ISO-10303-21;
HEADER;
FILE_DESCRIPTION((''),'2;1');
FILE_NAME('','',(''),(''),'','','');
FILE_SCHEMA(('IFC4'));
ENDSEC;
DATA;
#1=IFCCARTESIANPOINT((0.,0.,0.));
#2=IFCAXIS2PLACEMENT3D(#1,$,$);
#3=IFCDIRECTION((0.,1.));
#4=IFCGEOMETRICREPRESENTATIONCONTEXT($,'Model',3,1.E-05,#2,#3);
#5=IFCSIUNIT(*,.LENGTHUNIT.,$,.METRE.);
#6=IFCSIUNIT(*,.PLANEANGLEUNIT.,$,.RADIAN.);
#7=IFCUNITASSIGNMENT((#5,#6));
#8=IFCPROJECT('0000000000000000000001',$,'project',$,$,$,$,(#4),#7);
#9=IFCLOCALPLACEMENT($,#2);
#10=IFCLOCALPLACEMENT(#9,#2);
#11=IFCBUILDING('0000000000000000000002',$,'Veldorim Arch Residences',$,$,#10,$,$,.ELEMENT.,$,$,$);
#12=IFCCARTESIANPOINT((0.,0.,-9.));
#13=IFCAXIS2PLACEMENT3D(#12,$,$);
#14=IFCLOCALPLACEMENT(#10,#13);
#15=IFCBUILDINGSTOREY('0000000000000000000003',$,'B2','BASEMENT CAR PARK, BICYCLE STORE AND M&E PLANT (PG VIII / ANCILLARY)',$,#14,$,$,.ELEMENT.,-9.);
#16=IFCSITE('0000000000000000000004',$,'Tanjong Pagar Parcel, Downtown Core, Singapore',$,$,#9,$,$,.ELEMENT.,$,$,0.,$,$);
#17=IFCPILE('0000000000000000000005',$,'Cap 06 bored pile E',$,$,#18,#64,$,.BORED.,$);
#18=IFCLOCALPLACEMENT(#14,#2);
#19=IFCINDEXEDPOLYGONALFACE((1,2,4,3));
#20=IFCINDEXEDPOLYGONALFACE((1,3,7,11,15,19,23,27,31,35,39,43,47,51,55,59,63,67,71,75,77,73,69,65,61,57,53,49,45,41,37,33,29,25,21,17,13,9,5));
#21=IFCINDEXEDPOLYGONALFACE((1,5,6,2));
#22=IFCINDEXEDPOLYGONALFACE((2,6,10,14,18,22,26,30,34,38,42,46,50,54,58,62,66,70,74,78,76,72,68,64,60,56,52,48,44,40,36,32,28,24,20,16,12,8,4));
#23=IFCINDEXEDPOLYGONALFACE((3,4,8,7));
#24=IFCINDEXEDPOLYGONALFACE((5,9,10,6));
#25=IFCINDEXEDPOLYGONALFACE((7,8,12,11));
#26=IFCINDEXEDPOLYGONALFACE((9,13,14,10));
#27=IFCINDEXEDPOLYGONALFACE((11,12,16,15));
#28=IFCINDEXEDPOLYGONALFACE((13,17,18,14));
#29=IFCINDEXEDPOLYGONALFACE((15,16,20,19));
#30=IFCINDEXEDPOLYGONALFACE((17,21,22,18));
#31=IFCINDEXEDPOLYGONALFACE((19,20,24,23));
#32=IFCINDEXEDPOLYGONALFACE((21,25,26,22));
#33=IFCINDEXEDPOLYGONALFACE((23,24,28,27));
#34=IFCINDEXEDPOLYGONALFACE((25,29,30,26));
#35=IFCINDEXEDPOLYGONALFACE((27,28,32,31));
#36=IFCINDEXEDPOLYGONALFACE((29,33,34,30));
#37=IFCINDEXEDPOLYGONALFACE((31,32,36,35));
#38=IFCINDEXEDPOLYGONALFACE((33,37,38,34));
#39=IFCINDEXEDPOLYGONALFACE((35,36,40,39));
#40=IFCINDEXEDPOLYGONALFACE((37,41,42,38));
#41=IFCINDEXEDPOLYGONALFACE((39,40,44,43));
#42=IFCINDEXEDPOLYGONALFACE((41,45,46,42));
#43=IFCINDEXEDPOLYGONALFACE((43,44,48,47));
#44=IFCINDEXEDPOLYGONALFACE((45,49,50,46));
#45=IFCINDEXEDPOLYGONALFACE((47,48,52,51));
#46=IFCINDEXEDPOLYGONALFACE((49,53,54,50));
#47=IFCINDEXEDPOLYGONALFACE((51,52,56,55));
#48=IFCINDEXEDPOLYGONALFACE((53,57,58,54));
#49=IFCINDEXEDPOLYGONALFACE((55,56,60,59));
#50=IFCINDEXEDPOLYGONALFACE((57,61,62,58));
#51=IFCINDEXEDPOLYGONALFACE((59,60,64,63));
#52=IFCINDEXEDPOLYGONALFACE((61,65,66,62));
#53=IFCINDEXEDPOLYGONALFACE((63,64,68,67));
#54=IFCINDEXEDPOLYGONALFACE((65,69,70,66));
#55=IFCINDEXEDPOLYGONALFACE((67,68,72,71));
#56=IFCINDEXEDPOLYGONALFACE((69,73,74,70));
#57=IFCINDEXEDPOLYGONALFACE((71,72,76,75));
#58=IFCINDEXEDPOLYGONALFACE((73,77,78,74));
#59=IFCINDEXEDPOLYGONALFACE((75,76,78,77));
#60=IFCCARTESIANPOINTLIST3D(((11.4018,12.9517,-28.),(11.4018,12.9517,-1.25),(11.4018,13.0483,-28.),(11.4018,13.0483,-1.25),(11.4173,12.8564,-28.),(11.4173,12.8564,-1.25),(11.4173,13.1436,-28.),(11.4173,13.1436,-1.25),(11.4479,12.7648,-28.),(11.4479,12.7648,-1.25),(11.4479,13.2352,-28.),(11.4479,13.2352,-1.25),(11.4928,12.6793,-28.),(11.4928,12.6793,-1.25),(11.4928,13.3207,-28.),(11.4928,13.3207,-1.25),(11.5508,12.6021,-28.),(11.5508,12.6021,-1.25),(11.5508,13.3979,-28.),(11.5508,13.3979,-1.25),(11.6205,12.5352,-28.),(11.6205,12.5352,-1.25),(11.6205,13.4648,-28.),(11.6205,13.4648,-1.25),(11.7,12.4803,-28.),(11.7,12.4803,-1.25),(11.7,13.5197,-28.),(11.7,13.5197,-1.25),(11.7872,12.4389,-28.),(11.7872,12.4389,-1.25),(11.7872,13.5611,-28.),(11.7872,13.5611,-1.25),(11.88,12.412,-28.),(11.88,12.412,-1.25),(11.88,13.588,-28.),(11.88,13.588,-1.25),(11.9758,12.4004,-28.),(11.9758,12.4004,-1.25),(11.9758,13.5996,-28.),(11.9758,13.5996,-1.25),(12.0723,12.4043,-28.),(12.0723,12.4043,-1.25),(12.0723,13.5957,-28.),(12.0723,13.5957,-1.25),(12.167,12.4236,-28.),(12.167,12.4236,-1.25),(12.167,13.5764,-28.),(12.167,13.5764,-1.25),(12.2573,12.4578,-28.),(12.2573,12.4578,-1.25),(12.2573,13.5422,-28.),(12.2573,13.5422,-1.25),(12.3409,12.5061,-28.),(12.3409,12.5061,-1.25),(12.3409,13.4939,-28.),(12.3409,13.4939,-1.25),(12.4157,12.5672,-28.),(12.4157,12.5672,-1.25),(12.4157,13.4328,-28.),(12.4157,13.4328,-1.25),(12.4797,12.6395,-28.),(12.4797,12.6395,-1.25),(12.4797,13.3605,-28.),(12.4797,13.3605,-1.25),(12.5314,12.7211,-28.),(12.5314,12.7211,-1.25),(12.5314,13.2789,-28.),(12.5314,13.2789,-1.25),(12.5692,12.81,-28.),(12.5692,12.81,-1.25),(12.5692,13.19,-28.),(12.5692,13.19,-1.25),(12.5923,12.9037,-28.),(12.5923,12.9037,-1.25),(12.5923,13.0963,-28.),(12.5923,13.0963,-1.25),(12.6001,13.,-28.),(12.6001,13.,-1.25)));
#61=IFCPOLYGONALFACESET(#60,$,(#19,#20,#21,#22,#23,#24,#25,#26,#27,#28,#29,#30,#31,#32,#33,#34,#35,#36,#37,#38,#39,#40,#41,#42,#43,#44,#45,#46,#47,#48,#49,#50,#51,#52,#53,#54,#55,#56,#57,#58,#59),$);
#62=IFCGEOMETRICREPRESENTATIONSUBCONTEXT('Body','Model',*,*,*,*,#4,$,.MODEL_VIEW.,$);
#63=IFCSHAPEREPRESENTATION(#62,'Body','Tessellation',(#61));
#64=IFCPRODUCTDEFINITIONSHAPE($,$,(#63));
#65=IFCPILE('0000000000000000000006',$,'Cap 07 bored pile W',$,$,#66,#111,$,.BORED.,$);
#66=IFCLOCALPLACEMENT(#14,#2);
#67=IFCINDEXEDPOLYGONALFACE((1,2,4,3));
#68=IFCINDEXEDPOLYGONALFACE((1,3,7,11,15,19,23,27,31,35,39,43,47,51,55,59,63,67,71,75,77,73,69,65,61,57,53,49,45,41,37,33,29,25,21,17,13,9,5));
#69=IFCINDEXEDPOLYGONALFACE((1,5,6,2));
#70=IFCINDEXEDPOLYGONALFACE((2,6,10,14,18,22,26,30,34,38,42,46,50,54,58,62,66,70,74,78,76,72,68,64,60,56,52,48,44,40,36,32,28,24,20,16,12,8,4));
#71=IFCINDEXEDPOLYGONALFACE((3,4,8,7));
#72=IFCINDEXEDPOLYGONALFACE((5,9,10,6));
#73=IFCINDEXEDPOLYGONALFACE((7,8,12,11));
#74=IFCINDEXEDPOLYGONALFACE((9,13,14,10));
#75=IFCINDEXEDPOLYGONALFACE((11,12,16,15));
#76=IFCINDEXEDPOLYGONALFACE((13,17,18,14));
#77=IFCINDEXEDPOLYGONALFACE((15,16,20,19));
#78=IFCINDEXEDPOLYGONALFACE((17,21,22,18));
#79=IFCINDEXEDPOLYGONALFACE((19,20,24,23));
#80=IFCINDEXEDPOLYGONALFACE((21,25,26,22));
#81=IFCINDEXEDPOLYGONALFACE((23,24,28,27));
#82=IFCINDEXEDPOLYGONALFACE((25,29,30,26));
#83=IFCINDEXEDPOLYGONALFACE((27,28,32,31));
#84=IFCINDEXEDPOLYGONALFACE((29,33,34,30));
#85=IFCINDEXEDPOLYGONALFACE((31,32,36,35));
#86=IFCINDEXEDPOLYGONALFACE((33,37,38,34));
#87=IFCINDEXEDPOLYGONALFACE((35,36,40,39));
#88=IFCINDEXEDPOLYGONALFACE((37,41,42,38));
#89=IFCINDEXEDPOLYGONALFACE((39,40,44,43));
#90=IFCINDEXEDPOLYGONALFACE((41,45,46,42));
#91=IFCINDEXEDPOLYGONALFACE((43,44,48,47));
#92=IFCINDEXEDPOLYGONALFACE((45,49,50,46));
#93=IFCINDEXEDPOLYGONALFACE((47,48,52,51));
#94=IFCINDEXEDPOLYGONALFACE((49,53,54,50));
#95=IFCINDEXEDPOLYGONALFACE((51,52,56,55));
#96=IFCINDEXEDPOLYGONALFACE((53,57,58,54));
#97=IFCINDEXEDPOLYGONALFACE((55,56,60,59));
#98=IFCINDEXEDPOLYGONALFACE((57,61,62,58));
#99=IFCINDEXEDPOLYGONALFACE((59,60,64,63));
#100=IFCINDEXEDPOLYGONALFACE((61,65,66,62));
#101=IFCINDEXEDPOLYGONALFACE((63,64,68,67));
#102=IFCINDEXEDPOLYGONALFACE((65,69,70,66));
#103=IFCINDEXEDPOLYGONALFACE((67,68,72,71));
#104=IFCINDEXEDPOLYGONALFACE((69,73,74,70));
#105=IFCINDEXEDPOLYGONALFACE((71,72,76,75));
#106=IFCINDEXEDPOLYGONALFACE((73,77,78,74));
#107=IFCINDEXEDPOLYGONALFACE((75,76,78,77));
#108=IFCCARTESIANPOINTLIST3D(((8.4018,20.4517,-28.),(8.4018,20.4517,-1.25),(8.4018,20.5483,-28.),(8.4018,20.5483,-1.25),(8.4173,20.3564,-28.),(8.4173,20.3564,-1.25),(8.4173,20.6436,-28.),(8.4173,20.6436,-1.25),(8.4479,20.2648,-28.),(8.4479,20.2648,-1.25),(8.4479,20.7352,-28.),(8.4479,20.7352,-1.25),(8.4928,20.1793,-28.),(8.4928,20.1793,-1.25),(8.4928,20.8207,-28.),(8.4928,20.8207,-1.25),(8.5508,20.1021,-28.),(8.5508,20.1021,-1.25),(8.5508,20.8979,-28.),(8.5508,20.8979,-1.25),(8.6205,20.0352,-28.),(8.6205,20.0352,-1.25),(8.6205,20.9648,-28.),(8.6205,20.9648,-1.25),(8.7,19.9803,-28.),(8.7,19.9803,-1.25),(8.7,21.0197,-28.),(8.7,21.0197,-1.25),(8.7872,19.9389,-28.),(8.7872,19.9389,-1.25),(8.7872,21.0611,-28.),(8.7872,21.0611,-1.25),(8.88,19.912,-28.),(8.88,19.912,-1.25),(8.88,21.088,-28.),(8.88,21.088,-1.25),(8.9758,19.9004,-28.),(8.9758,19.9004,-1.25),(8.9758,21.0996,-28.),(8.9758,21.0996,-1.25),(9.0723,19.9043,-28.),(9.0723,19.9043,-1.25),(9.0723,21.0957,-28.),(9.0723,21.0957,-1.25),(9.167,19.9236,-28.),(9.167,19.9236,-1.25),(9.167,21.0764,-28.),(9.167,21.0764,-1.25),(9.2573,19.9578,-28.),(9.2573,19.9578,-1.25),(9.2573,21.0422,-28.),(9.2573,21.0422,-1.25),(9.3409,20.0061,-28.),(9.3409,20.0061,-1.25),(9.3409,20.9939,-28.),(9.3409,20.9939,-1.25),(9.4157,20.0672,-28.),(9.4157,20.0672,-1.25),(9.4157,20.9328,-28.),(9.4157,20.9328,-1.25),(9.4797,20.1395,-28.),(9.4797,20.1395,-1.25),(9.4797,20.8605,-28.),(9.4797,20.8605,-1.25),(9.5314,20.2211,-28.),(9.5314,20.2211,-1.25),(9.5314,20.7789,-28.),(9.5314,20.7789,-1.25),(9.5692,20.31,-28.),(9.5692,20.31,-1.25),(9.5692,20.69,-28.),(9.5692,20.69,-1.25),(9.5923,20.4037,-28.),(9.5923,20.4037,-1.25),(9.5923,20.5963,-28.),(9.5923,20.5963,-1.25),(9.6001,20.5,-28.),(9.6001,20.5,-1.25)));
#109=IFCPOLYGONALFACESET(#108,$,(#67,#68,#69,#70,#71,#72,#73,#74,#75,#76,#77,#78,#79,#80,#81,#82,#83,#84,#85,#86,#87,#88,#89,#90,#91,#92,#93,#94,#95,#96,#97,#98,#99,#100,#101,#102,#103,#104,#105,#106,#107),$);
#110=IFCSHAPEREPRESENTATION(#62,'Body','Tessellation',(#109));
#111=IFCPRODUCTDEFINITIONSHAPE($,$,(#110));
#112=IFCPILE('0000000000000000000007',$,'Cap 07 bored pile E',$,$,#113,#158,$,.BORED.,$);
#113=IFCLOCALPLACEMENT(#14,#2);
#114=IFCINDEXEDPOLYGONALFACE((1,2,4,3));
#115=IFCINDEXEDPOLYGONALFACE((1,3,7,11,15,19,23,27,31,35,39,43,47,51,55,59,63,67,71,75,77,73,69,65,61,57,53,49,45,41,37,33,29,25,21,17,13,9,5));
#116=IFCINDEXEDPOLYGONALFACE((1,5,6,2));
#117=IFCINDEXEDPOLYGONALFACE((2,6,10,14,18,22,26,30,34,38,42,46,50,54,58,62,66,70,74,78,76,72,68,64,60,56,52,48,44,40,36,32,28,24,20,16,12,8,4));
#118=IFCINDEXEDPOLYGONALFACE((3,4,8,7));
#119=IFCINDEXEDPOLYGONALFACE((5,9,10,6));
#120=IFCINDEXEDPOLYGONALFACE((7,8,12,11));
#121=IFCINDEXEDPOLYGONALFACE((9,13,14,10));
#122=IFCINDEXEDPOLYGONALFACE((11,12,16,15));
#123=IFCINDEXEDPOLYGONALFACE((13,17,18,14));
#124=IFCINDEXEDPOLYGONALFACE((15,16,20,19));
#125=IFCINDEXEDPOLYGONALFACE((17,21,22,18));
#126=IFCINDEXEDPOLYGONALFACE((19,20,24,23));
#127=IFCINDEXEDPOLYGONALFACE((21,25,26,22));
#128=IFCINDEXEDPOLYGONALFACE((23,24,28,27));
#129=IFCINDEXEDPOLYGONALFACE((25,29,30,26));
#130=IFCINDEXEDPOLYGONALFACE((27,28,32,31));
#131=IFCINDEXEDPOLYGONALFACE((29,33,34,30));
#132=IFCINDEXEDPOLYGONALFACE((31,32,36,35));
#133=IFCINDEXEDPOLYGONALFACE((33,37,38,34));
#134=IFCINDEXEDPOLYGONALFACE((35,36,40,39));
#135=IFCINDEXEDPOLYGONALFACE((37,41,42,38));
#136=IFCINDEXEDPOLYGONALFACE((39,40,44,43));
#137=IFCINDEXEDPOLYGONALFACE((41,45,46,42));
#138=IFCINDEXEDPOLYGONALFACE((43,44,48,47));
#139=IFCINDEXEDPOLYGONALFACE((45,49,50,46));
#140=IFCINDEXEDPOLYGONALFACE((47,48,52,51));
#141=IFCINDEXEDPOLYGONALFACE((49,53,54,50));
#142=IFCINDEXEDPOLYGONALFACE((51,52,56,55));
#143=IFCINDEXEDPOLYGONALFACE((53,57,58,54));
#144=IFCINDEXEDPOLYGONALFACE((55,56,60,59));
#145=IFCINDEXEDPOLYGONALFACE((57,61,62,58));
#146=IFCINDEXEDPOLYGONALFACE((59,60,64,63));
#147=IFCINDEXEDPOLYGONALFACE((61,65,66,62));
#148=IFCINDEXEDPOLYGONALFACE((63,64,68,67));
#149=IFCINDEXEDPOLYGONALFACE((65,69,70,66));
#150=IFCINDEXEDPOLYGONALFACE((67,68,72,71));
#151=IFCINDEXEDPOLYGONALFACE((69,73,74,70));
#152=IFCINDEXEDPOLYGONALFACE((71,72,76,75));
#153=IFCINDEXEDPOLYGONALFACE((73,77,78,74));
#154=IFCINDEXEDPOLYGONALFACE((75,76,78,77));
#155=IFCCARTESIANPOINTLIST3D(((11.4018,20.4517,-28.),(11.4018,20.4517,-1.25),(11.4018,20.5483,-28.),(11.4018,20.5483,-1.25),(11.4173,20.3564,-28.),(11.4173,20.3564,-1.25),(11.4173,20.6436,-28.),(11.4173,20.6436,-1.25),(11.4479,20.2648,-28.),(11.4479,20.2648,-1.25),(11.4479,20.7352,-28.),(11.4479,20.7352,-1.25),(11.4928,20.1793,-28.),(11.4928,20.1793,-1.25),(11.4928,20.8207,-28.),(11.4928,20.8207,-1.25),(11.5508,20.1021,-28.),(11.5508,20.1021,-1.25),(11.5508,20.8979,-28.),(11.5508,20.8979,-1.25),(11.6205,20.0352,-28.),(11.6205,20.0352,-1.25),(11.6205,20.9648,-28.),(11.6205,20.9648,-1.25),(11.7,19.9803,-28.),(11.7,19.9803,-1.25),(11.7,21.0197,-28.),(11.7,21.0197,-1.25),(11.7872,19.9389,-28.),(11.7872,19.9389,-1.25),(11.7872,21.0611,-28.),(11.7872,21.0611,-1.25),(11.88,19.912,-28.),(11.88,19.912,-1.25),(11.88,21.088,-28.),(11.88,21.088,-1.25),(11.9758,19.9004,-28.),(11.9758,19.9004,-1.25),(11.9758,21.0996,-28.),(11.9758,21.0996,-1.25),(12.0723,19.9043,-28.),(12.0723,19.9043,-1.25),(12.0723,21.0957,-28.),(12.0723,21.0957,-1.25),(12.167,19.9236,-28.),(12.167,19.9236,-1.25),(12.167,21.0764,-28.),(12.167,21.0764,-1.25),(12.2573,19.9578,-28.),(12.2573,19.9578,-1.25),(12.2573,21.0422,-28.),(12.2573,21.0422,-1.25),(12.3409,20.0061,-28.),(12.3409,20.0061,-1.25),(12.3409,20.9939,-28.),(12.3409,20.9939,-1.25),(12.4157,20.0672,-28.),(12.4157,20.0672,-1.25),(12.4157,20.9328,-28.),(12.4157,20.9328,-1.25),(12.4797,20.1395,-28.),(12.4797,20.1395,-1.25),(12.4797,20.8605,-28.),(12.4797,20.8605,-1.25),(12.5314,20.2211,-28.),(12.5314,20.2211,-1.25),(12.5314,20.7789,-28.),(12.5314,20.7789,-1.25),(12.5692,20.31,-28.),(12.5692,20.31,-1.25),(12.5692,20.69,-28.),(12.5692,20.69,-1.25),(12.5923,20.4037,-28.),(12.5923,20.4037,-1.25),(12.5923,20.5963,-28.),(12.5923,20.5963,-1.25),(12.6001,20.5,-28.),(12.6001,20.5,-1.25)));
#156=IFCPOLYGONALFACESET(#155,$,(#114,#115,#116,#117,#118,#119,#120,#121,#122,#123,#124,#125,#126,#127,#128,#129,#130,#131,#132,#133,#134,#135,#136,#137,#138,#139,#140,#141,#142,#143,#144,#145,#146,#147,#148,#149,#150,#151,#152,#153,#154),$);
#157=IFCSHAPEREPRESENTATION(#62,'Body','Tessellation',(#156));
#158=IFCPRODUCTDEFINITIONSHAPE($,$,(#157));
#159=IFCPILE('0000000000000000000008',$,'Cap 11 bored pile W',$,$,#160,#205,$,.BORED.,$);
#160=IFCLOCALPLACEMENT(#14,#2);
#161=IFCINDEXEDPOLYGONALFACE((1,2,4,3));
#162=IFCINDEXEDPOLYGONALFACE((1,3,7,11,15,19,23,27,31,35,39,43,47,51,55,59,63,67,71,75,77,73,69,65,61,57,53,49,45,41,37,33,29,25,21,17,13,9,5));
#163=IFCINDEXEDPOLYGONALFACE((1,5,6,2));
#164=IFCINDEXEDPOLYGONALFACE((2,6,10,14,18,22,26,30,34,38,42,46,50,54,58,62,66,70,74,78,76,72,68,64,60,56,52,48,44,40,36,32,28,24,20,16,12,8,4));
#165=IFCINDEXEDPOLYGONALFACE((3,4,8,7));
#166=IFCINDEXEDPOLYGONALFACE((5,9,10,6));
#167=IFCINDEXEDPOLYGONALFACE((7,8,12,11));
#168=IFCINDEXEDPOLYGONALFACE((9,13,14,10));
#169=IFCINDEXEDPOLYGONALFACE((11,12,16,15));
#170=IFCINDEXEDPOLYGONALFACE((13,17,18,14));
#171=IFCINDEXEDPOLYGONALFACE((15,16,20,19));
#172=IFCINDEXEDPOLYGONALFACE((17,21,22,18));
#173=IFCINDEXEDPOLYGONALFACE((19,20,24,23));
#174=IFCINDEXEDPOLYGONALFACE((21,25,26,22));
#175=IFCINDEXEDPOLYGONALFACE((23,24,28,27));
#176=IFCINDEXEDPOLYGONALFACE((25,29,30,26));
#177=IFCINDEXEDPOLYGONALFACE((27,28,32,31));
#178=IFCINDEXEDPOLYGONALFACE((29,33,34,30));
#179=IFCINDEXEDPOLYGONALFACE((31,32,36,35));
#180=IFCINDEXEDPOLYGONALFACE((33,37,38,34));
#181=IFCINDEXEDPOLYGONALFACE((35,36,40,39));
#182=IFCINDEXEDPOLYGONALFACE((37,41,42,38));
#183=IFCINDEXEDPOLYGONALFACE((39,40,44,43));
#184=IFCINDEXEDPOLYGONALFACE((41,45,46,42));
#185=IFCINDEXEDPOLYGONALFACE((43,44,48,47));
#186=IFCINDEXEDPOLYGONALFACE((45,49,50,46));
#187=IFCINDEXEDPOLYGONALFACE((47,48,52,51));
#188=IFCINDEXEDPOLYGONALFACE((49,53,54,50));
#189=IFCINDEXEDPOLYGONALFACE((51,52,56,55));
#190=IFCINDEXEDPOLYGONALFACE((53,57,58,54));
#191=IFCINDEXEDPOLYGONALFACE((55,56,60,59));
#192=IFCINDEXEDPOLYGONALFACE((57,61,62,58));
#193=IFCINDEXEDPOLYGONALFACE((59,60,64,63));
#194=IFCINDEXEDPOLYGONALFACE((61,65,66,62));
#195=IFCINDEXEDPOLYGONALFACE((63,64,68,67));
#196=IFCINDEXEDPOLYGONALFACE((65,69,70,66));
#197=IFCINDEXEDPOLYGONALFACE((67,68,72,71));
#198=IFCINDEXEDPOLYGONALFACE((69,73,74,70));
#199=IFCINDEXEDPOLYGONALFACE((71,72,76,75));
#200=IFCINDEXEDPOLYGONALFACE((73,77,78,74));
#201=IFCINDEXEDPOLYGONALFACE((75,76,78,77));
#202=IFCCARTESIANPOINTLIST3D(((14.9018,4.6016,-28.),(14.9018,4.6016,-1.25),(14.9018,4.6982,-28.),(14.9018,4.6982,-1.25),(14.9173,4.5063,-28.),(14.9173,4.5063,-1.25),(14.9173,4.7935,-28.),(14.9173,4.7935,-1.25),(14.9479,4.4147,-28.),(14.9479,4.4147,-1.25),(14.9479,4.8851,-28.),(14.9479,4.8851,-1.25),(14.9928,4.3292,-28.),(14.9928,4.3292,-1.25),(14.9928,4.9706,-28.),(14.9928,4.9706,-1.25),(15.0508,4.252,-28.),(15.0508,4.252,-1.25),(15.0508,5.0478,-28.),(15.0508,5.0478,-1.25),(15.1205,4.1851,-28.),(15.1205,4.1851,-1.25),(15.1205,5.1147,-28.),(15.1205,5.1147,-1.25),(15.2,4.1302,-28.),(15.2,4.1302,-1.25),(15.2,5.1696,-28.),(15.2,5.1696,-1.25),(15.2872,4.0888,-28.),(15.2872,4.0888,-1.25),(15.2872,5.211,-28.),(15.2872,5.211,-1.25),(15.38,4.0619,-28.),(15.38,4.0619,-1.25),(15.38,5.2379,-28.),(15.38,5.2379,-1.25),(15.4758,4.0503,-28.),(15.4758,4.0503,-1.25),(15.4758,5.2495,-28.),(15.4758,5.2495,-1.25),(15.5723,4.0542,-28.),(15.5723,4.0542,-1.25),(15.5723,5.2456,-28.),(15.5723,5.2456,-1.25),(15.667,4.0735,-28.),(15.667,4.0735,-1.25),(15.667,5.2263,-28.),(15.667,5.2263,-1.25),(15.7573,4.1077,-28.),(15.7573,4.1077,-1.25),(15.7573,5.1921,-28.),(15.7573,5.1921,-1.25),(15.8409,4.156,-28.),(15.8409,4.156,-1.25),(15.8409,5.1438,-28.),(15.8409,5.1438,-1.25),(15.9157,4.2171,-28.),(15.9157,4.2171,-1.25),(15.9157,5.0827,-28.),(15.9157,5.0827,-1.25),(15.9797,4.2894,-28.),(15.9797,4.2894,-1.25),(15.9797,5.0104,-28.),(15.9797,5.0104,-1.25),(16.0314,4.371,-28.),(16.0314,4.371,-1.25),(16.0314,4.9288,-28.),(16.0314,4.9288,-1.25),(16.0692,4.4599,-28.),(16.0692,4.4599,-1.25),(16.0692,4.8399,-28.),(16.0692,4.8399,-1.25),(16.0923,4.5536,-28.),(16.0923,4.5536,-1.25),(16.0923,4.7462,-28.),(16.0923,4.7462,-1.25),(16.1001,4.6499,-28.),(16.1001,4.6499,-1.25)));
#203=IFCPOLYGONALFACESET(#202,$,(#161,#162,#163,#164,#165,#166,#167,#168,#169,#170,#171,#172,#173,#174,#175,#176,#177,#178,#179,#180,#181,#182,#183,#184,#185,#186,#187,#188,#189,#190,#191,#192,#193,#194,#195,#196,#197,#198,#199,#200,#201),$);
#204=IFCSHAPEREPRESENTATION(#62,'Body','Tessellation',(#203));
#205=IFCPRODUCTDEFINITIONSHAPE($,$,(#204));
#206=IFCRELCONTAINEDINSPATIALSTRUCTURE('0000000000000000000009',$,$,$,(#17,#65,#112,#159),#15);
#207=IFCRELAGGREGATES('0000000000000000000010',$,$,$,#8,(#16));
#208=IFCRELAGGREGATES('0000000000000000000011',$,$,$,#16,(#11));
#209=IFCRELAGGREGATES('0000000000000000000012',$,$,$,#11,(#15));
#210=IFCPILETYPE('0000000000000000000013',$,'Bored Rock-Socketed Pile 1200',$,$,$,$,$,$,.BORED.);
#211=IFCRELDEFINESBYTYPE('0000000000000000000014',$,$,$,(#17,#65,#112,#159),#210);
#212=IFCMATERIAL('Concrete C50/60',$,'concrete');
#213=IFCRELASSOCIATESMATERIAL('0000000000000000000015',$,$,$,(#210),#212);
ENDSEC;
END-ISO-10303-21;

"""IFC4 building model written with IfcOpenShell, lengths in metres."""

from ifc_helpers import new_model, si_unit, direction, frame, origin, origin_2d, place, context, subcontext, project, spatial, circle, extrude, material, material_profile, profile_set, type_object, element, save


model = new_model("IFC4")

# Units and contexts
model_context = context("Model", 3, precision=1e-05, world=origin(), true_north=direction((0.0, 1.0)))
body_context = subcontext(model_context, "Body", "Model", "MODEL_VIEW")
ifc_project = project(units=[si_unit("LENGTHUNIT", "METRE"), si_unit("PLANEANGLEUNIT", "RADIAN")], contexts=[model_context])

# Site, building, storey
site_placement = place(None, origin())
site = spatial("IfcSite", under=ifc_project, at=site_placement, Name="Tanjong Pagar Parcel, Downtown Core, Singapore", CompositionType="ELEMENT", RefElevation=0.0)
building_placement = place(site_placement, origin())
building = spatial("IfcBuilding", under=site, at=building_placement, Name="Veldorim Arch Residences", CompositionType="ELEMENT")
storey_placement = place(building_placement, frame((0.0, 0.0, -9.0)))
storey = spatial("IfcBuildingStorey", under=building, at=storey_placement, Name="B2", Description="BASEMENT CAR PARK, BICYCLE STORE AND M&E PLANT (PG VIII / ANCILLARY)", CompositionType="ELEMENT", Elevation=-9.0)

# Piles
ifc_material_1 = material(Name="Concrete C50/60", Category="concrete")
ifc_material_profile_1 = material_profile(ifc_material_1, circle(Radius=0.6001, at=origin_2d()), Name="PILE_1200")
ifc_profile_set_1 = profile_set([ifc_material_profile_1], Name="Concrete C50/60")
pile_type = type_object("IfcPileType", Name="Bored Rock-Socketed Pile 1200", PredefinedType="BORED", material=ifc_profile_set_1)
for number, where, z_axis, x_axis, name in (
    (1, (12.0, 13.0, -1.25), (0.0, 0.0, -1.0), (1.0, 0.0, 0.0), "Cap 06 bored pile E"),
    (2, (9.0, 20.5, -1.25), (0.0, 0.0, -1.0), (1.0, 0.0, 0.0), "Cap 07 bored pile W"),
    (3, (12.0, 20.5, -1.25), (0.0, 0.0, -1.0), (1.0, 0.0, 0.0), "Cap 07 bored pile E"),
    (4, (15.5, 4.6499, -1.25), (0.0, 0.0, -1.0), (1.0, 0.0, 0.0), "Cap 11 bored pile W"),
):
    element("IfcPile", number, at=place(storey_placement, frame(where, z_axis=z_axis, x_axis=x_axis)), inside=storey, type_object=pile_type, Name=name, PredefinedType="BORED", context=body_context, shape_type="SweptSolid", body=[
        extrude(circle(Radius=0.6001, at=origin_2d()), origin(), (0.0, 0.0, 1.0), 26.75),
    ])

save(model, "model.ifc")
